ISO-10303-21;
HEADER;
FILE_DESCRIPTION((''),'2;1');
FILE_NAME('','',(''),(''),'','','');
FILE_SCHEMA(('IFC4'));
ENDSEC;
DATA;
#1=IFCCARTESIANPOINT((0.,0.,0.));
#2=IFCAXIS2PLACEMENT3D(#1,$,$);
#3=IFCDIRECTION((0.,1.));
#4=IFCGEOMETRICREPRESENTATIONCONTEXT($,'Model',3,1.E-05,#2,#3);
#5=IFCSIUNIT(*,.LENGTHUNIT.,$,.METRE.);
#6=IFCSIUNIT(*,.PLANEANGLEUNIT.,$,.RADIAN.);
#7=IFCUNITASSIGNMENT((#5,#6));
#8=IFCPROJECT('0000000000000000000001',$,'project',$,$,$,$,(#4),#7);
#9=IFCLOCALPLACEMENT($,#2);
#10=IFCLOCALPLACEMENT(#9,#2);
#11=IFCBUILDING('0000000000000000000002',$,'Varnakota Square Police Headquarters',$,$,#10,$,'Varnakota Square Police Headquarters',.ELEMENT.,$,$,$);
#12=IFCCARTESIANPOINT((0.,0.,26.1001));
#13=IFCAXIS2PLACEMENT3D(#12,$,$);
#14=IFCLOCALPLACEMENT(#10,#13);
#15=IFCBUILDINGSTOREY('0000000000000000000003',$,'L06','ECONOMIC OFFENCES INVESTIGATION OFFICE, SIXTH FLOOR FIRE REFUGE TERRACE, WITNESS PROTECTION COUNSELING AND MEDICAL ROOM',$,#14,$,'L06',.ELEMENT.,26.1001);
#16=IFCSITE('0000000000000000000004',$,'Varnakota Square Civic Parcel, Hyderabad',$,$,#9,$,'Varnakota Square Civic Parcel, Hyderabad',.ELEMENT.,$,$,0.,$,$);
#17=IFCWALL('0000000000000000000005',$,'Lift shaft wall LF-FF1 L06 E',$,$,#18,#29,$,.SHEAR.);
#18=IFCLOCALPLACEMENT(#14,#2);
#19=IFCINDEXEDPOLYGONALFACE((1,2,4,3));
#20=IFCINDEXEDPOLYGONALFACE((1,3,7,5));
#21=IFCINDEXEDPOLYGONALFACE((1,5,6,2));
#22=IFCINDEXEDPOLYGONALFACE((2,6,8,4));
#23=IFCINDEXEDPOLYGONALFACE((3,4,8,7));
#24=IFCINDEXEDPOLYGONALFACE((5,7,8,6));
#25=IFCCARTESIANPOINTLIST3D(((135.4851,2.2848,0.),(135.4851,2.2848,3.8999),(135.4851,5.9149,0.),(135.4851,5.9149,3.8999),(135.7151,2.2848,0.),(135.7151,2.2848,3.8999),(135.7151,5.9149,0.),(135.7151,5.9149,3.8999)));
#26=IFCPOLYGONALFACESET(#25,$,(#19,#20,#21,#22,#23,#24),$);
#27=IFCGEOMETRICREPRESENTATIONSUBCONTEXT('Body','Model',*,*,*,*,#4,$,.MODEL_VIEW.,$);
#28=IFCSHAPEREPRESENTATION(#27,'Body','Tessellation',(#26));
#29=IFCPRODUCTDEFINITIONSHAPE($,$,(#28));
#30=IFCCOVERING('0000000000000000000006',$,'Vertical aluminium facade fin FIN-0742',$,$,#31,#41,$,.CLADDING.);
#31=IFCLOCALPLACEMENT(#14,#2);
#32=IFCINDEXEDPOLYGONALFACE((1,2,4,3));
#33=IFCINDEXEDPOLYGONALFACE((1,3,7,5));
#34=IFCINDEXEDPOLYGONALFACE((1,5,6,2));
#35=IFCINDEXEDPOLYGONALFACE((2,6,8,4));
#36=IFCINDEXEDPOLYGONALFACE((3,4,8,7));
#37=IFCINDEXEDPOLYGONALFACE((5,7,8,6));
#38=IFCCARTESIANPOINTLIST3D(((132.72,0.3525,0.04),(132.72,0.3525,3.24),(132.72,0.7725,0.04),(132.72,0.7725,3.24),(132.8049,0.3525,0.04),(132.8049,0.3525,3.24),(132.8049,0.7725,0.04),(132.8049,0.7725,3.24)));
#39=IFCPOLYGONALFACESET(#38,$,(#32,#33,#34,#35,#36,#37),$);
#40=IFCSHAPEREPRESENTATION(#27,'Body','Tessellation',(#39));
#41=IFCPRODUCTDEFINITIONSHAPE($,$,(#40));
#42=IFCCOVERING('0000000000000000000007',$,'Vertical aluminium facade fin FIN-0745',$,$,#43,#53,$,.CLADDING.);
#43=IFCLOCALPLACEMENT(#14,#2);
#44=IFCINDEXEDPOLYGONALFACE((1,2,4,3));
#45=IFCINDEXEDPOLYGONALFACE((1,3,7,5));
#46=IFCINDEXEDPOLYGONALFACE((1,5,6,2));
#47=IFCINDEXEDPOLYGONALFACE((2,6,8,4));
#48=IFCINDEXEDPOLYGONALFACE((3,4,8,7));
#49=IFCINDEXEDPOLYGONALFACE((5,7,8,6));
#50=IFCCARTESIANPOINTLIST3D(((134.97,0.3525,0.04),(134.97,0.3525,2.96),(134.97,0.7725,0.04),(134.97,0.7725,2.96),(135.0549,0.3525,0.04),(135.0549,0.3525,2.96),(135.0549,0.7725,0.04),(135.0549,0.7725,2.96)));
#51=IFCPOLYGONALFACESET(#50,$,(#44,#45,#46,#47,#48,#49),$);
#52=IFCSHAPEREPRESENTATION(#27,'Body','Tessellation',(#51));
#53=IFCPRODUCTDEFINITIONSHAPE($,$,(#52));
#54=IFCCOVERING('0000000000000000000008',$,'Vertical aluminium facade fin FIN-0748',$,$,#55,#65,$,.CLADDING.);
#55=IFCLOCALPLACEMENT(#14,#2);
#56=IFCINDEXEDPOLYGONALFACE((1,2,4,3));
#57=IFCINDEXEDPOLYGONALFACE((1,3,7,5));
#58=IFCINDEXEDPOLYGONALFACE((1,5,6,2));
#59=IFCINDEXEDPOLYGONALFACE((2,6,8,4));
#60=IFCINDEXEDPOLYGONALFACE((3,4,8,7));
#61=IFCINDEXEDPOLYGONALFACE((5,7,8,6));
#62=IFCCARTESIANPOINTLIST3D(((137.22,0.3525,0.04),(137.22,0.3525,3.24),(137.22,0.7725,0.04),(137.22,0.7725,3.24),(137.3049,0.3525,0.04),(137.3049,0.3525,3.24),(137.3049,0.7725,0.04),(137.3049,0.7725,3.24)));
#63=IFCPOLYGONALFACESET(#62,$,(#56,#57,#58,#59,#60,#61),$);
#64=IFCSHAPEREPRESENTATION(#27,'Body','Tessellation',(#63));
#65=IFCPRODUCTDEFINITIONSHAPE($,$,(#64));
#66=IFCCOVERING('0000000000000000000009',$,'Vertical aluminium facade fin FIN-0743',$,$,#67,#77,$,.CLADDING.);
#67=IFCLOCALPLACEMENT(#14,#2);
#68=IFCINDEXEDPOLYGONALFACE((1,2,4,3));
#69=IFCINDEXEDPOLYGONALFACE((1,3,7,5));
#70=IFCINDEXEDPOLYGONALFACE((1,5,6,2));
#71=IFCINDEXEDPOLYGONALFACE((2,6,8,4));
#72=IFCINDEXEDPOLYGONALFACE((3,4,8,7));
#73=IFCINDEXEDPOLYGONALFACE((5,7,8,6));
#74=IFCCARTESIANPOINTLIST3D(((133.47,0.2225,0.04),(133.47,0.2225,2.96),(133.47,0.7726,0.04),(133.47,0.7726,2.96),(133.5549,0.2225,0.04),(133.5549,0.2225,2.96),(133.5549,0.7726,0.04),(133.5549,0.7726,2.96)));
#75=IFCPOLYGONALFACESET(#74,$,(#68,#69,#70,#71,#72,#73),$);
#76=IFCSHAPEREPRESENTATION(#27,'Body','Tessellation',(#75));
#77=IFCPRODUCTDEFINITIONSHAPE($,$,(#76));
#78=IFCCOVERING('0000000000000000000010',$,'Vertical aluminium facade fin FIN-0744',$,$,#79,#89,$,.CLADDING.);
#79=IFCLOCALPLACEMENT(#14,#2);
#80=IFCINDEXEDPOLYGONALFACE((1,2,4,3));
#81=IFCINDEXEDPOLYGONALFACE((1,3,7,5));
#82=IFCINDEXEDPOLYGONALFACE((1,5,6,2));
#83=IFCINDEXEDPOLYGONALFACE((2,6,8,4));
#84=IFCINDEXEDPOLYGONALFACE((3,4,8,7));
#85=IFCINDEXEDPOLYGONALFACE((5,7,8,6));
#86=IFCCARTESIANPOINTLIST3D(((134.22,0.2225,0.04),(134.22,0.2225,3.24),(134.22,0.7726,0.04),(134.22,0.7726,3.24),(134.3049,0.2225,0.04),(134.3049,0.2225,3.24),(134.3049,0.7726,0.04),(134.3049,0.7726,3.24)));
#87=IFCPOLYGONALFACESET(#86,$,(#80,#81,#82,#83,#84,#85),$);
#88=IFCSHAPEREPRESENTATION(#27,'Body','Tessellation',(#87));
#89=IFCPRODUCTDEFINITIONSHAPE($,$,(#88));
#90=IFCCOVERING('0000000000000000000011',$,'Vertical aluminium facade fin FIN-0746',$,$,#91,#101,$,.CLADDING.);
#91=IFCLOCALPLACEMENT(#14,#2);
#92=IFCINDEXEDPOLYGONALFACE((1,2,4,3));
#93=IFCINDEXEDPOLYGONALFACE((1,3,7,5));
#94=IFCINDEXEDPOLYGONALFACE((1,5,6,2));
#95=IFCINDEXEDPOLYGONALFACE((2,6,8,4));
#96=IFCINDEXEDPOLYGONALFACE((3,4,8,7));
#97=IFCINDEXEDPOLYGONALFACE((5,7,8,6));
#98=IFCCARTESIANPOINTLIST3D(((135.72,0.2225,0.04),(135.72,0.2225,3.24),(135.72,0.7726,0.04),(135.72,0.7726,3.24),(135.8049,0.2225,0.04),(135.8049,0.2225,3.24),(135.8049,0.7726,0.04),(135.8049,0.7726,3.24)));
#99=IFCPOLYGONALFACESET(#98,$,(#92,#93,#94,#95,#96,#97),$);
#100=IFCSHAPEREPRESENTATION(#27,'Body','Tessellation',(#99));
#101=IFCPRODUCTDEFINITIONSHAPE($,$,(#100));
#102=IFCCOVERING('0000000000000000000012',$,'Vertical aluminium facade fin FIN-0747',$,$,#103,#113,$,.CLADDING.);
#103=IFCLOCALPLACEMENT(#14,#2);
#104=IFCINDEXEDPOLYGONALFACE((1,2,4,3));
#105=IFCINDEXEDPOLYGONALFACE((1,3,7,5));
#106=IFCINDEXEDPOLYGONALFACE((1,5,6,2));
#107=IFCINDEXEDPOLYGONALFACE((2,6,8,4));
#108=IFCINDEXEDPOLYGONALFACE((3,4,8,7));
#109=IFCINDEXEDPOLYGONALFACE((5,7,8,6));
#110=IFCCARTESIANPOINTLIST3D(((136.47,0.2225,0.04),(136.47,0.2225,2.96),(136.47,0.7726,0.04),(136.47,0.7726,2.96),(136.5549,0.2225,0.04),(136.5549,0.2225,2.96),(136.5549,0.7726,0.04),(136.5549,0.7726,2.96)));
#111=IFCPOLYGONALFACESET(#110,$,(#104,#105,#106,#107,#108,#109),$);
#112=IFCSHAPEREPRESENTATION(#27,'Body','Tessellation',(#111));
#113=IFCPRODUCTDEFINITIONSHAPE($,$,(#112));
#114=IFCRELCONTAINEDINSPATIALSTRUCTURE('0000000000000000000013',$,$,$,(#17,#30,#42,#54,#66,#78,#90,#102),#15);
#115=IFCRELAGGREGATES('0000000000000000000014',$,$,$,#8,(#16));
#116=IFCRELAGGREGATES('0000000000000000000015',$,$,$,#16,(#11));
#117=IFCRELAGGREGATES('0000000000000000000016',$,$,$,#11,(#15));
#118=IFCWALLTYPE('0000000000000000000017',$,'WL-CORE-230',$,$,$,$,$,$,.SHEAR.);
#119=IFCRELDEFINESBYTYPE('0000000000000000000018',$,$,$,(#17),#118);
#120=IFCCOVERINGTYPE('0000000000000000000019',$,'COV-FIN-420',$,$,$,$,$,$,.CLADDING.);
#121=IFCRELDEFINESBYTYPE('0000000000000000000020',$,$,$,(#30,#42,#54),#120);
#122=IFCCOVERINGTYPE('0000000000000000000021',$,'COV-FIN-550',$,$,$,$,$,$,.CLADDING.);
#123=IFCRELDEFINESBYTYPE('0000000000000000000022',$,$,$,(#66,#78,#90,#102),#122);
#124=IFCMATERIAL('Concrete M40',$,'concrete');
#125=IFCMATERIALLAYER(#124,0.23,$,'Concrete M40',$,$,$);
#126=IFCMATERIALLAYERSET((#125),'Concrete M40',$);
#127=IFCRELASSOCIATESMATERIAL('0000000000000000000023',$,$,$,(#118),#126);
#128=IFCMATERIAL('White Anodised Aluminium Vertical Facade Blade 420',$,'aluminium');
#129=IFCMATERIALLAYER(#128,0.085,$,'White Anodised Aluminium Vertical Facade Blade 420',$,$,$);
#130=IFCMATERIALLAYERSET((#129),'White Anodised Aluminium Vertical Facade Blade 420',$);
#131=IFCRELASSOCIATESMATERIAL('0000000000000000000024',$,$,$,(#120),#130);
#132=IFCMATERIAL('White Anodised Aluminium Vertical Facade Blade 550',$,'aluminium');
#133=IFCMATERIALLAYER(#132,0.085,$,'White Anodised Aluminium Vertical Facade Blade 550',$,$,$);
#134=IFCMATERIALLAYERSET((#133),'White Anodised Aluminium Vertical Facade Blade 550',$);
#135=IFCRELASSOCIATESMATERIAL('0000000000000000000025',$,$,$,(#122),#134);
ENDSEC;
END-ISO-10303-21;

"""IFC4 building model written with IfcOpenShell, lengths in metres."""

from ifc_helpers import new_model, si_unit, direction, frame, frame_2d, origin, origin_2d, place, context, subcontext, project, spatial, rectangle, extrude, material, layer, layer_set, type_object, element, save


model = new_model("IFC4")

# Units and contexts
model_context = context("Model", 3, precision=1e-05, world=origin(), true_north=direction((0.0, 1.0)))
body_context = subcontext(model_context, "Body", "Model", "MODEL_VIEW")
ifc_project = project(units=[si_unit("LENGTHUNIT", "METRE"), si_unit("PLANEANGLEUNIT", "RADIAN")], contexts=[model_context])

# Site, building, storey
site_placement = place(None, origin())
site = spatial("IfcSite", under=ifc_project, at=site_placement, Name="Varnakota Square Civic Parcel, Hyderabad", LongName="Varnakota Square Civic Parcel, Hyderabad", CompositionType="ELEMENT", RefElevation=0.0)
building_placement = place(site_placement, origin())
building = spatial("IfcBuilding", under=site, at=building_placement, Name="Varnakota Square Police Headquarters", LongName="Varnakota Square Police Headquarters", CompositionType="ELEMENT")
storey_placement = place(building_placement, frame((0.0, 0.0, 26.1001)))
storey = spatial("IfcBuildingStorey", under=building, at=storey_placement, Name="L06", Description="ECONOMIC OFFENCES INVESTIGATION OFFICE, SIXTH FLOOR FIRE REFUGE TERRACE, WITNESS PROTECTION COUNSELING AND MEDICAL ROOM", LongName="L06", CompositionType="ELEMENT", Elevation=26.1001)

# Wall
ifc_material_1 = material(Name="Concrete M40", Category="concrete")
ifc_layer_1 = layer(ifc_material_1, 0.23, Name="Concrete M40")
ifc_layer_set_1 = layer_set([ifc_layer_1], Name="Concrete M40")
wall_type = type_object("IfcWallType", Name="WL-CORE-230", PredefinedType="SHEAR", material=ifc_layer_set_1)
wall_1_placement = place(storey_placement, frame((135.6001, 2.2849, 0.0), z_axis=(0.0, 0.0, 1.0), x_axis=(0.0, 1.0, 0.0)))
element("IfcWall", 1, at=wall_1_placement, inside=storey, type_object=wall_type, Name="Lift shaft wall LF-FF1 L06 E", PredefinedType="SHEAR", context=body_context, shape_type="SweptSolid", body=[
    extrude(rectangle(XDim=3.6301, YDim=0.23, at=frame_2d((1.8149, 0.0))), origin(), (0.0, 0.0, 1.0), 3.8999),
])

# Coverings
ifc_material_2 = material(Name="White Anodised Aluminium Vertical Facade Blade 420", Category="aluminium")
ifc_layer_2 = layer(ifc_material_2, 0.085, Name="White Anodised Aluminium Vertical Facade Blade 420")
ifc_layer_set_2 = layer_set([ifc_layer_2], Name="White Anodised Aluminium Vertical Facade Blade 420")
covering_type_1 = type_object("IfcCoveringType", Name="COV-FIN-420", PredefinedType="CLADDING", material=ifc_layer_set_2)
covering_1_placement = place(storey_placement, frame((132.7625, 0.5625, 0.04), z_axis=(0.0, 0.0, 1.0), x_axis=(1.0, 0.0, 0.0)))
element("IfcCovering", 2, at=covering_1_placement, inside=storey, type_object=covering_type_1, Name="Vertical aluminium facade fin FIN-0742", PredefinedType="CLADDING", context=body_context, shape_type="SweptSolid", body=[
    extrude(rectangle(XDim=0.085, YDim=0.4199, at=origin_2d()), origin(), (0.0, 0.0, 1.0), 3.2),
])
covering_2_placement = place(storey_placement, frame((135.0125, 0.5625, 0.04), z_axis=(0.0, 0.0, 1.0), x_axis=(1.0, 0.0, 0.0)))
element("IfcCovering", 3, at=covering_2_placement, inside=storey, type_object=covering_type_1, Name="Vertical aluminium facade fin FIN-0745", PredefinedType="CLADDING", context=body_context, shape_type="SweptSolid", body=[
    extrude(rectangle(XDim=0.085, YDim=0.4199, at=origin_2d()), origin(), (0.0, 0.0, 1.0), 2.9199),
])
covering_3_placement = place(storey_placement, frame((137.2625, 0.5625, 0.04), z_axis=(0.0, 0.0, 1.0), x_axis=(1.0, 0.0, 0.0)))
element("IfcCovering", 4, at=covering_3_placement, inside=storey, type_object=covering_type_1, Name="Vertical aluminium facade fin FIN-0748", PredefinedType="CLADDING", context=body_context, shape_type="SweptSolid", body=[
    extrude(rectangle(XDim=0.085, YDim=0.4199, at=origin_2d()), origin(), (0.0, 0.0, 1.0), 3.2),
])
ifc_material_3 = material(Name="White Anodised Aluminium Vertical Facade Blade 550", Category="aluminium")
ifc_layer_3 = layer(ifc_material_3, 0.085, Name="White Anodised Aluminium Vertical Facade Blade 550")
ifc_layer_set_3 = layer_set([ifc_layer_3], Name="White Anodised Aluminium Vertical Facade Blade 550")
covering_type_2 = type_object("IfcCoveringType", Name="COV-FIN-550", PredefinedType="CLADDING", material=ifc_layer_set_3)
covering_4_placement = place(storey_placement, frame((133.5125, 0.4976, 0.04), z_axis=(0.0, 0.0, 1.0), x_axis=(1.0, 0.0, 0.0)))
element("IfcCovering", 5, at=covering_4_placement, inside=storey, type_object=covering_type_2, Name="Vertical aluminium facade fin FIN-0743", PredefinedType="CLADDING", context=body_context, shape_type="SweptSolid", body=[
    extrude(rectangle(XDim=0.085, YDim=0.55, at=origin_2d()), origin(), (0.0, 0.0, 1.0), 2.9199),
])
for number, where, z_axis, x_axis, name in (
    (6, (134.2625, 0.4976, 0.04), (0.0, 0.0, 1.0), (1.0, 0.0, 0.0), "Vertical aluminium facade fin FIN-0744"),
    (7, (135.7625, 0.4976, 0.04), (0.0, 0.0, 1.0), (1.0, 0.0, 0.0), "Vertical aluminium facade fin FIN-0746"),
):
    element("IfcCovering", number, at=place(storey_placement, frame(where, z_axis=z_axis, x_axis=x_axis)), inside=storey, type_object=covering_type_2, Name=name, PredefinedType="CLADDING", context=body_context, shape_type="SweptSolid", body=[
        extrude(rectangle(XDim=0.085, YDim=0.55, at=origin_2d()), origin(), (0.0, 0.0, 1.0), 3.2),
    ])
covering_5_placement = place(storey_placement, frame((136.5125, 0.4976, 0.04), z_axis=(0.0, 0.0, 1.0), x_axis=(1.0, 0.0, 0.0)))
element("IfcCovering", 8, at=covering_5_placement, inside=storey, type_object=covering_type_2, Name="Vertical aluminium facade fin FIN-0747", PredefinedType="CLADDING", context=body_context, shape_type="SweptSolid", body=[
    extrude(rectangle(XDim=0.085, YDim=0.55, at=origin_2d()), origin(), (0.0, 0.0, 1.0), 2.9199),
])

save(model, "model.ifc")
